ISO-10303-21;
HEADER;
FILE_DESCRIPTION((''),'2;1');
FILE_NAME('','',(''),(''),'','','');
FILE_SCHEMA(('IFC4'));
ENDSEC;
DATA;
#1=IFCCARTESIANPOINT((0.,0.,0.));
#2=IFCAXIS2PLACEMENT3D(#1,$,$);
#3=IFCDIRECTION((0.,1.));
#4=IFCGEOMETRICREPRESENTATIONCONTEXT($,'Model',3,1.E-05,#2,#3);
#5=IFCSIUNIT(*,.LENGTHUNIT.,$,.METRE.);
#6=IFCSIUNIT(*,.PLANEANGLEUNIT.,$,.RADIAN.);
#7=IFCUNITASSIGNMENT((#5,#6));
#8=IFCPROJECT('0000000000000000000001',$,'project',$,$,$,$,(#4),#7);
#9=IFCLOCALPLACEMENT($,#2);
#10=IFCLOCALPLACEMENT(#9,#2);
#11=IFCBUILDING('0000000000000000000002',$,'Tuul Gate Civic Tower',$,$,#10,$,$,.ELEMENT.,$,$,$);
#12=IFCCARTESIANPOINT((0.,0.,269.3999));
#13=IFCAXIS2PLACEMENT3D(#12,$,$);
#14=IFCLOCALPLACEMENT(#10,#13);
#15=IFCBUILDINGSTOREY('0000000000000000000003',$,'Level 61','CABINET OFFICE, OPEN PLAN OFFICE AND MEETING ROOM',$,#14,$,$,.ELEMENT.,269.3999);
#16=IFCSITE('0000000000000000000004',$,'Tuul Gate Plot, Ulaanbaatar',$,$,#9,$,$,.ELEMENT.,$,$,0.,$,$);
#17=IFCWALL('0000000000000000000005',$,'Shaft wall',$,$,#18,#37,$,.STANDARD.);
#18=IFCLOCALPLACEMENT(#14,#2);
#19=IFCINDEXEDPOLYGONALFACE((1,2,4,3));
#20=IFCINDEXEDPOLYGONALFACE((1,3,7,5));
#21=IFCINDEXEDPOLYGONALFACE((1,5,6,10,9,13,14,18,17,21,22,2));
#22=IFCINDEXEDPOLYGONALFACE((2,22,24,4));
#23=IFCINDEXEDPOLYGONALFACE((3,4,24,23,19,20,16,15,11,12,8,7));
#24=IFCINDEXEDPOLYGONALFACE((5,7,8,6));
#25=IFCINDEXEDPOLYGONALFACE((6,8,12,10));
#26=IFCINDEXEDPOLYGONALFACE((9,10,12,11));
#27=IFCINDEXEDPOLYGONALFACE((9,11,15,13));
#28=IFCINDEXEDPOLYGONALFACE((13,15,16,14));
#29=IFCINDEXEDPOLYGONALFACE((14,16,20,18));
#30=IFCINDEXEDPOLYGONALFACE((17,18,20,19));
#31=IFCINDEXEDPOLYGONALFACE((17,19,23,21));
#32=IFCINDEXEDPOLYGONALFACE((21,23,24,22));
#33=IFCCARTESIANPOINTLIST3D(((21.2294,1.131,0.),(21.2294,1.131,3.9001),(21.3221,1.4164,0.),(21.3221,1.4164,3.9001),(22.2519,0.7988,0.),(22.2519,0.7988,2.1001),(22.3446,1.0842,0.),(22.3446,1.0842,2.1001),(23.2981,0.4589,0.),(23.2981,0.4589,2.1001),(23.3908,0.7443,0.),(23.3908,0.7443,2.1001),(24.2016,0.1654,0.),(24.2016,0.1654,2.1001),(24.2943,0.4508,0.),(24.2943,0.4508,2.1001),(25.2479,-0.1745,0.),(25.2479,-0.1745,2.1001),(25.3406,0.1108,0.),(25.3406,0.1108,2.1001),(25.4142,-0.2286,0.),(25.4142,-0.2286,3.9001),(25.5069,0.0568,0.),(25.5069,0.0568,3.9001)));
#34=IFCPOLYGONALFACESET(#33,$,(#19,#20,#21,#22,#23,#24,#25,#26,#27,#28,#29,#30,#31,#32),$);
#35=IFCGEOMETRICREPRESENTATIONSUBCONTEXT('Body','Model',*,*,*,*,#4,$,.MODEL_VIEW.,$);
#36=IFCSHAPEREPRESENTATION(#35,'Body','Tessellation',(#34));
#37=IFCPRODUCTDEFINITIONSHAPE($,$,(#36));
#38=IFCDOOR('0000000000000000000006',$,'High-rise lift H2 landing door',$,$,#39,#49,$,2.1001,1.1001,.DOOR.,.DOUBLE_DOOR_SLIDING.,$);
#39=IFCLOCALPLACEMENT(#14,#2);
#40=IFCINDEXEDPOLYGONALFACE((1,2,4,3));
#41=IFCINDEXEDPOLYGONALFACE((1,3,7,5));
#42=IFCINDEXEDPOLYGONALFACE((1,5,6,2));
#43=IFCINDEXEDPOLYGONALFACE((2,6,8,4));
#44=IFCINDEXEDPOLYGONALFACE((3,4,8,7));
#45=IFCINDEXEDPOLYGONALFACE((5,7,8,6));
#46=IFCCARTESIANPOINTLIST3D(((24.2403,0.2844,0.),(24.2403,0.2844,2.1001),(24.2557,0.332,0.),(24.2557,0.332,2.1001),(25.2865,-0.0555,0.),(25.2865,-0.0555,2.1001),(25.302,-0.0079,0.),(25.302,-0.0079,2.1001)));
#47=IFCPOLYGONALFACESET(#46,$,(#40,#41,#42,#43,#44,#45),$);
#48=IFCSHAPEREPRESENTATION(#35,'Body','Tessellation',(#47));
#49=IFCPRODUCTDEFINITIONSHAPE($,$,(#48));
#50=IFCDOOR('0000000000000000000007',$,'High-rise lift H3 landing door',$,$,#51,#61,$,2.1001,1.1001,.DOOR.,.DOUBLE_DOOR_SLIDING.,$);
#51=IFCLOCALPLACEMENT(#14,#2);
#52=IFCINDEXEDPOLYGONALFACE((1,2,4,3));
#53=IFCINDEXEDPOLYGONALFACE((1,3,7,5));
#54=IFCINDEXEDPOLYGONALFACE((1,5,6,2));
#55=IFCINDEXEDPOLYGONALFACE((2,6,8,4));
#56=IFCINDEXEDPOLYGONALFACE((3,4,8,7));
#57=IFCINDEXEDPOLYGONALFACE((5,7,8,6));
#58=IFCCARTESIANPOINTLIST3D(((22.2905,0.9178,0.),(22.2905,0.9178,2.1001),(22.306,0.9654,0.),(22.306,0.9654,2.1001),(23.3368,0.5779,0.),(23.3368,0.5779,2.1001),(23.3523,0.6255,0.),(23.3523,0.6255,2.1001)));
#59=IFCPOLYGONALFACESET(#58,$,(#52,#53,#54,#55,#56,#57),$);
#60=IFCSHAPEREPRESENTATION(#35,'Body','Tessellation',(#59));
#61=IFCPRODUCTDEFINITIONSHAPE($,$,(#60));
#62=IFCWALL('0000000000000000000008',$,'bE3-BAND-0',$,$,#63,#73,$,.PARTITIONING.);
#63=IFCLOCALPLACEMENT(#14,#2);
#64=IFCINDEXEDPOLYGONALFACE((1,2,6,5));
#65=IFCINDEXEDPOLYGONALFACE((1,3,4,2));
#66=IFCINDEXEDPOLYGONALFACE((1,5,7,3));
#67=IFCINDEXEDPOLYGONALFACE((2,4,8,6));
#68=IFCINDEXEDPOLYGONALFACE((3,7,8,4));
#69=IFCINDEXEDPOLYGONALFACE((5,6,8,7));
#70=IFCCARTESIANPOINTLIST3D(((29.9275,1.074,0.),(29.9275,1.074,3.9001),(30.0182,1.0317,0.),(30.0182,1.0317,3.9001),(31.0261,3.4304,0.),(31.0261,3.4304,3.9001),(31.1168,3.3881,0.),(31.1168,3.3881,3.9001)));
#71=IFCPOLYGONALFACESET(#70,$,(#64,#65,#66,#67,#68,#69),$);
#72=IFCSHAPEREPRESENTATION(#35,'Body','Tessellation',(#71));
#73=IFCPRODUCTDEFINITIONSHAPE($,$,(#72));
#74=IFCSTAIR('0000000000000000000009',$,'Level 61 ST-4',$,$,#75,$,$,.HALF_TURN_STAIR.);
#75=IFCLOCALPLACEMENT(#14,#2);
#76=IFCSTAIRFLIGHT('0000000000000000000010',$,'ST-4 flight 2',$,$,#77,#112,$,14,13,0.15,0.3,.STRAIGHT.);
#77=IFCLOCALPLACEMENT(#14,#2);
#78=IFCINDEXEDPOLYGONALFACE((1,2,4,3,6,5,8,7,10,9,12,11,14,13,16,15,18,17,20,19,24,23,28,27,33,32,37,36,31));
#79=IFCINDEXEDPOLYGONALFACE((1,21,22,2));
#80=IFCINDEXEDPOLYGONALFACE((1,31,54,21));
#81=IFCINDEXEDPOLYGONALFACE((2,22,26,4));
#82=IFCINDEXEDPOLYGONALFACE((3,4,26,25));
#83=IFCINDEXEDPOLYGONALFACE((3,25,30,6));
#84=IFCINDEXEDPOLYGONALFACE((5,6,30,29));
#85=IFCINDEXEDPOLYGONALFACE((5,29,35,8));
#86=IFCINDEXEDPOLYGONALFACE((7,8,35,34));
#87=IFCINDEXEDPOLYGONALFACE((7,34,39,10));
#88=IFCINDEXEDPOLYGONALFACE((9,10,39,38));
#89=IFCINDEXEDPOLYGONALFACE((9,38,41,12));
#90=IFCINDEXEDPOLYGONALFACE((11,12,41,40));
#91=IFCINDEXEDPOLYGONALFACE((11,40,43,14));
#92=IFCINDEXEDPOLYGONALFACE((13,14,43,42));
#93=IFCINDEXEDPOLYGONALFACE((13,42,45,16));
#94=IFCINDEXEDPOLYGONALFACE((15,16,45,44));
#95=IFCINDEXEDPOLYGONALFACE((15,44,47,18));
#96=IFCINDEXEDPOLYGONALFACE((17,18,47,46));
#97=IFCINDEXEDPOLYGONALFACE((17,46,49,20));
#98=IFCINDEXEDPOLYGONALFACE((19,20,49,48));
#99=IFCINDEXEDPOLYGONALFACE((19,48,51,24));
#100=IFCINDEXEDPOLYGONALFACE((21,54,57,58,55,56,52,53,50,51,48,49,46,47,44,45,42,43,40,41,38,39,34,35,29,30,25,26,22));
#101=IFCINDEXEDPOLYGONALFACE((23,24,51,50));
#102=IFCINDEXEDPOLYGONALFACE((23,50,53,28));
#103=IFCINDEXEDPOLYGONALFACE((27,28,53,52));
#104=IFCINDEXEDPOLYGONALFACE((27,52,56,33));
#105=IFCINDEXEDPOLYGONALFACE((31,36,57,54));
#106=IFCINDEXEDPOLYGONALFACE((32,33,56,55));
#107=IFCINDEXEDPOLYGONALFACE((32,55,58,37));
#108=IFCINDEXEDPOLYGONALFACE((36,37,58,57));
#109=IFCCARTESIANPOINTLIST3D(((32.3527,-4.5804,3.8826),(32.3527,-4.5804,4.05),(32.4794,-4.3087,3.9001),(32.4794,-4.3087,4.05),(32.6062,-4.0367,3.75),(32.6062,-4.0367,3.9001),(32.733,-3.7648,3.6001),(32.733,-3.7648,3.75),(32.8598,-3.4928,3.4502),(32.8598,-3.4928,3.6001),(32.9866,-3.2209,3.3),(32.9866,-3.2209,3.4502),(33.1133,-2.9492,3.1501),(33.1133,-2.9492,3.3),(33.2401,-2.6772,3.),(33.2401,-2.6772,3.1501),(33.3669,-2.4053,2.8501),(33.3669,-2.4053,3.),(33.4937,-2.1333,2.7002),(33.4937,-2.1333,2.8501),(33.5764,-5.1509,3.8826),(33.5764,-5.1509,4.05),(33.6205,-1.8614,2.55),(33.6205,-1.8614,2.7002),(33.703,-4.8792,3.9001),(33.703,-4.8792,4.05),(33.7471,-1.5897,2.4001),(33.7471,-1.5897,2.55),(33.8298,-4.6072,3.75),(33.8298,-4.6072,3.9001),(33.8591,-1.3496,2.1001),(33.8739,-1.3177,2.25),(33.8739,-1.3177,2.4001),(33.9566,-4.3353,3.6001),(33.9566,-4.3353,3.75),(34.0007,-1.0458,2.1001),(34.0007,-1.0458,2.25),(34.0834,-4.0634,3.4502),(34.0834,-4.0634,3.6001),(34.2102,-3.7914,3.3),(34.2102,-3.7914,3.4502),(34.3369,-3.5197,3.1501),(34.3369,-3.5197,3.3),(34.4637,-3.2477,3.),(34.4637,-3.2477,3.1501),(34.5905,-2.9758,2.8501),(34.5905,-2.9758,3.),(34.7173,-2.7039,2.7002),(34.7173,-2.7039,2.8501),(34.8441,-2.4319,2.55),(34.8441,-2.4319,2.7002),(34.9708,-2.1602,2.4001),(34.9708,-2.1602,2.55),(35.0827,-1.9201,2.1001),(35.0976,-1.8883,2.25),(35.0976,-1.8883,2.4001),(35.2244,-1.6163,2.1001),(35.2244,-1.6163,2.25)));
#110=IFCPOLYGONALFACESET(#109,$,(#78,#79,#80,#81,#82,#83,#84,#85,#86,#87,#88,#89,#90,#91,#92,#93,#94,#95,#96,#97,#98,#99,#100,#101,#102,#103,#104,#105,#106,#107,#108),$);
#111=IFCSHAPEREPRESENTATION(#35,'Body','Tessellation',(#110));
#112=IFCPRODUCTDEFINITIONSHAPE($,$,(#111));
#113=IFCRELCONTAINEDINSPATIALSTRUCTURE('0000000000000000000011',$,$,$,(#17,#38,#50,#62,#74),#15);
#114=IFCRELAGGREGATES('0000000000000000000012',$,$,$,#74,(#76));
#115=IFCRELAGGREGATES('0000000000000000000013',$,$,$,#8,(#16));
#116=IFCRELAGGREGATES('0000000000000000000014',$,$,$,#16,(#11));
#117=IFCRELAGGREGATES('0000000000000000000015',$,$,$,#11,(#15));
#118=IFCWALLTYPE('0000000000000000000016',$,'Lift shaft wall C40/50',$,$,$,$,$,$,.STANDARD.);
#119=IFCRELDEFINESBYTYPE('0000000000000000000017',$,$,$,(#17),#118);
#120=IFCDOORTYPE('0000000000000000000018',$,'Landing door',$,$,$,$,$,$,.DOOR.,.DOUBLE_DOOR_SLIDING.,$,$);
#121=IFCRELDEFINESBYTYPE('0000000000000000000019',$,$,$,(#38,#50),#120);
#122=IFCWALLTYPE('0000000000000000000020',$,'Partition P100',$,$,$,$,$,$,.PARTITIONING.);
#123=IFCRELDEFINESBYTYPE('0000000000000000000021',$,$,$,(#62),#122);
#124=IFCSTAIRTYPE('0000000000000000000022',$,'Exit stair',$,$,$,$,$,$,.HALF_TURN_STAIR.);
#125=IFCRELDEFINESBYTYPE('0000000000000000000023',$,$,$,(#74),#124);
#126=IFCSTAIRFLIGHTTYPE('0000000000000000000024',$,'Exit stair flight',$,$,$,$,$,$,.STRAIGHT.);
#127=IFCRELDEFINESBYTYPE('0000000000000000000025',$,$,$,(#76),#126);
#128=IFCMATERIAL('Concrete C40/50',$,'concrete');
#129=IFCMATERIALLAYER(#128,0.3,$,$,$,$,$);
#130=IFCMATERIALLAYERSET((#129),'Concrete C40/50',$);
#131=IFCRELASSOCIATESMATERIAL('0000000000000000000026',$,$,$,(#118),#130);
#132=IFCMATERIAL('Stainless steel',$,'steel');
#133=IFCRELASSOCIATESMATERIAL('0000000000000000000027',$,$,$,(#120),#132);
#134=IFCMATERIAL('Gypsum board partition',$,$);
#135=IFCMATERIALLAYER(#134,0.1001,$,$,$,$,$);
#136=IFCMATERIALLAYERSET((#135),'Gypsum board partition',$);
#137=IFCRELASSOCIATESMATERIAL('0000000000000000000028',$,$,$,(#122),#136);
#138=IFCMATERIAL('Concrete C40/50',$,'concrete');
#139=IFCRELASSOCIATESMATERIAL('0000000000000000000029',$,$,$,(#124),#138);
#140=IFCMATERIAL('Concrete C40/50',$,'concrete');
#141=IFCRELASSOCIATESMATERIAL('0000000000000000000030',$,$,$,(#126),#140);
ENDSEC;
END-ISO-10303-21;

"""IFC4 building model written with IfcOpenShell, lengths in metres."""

from ifc_helpers import new_model, si_unit, direction, frame, frame_2d, origin, place, context, subcontext, project, spatial, polyline, rectangle, outline, extrude, material, layer, layer_set, type_object, element, fill, aggregate, save


model = new_model("IFC4")

# Units and contexts
model_context = context("Model", 3, precision=1e-05, world=origin(), true_north=direction((0.0, 1.0)))
body_context = subcontext(model_context, "Body", "Model", "MODEL_VIEW")
ifc_project = project(units=[si_unit("LENGTHUNIT", "METRE"), si_unit("PLANEANGLEUNIT", "RADIAN")], contexts=[model_context])

# Site, building, storey
site_placement = place(None, origin())
site = spatial("IfcSite", under=ifc_project, at=site_placement, Name="Tuul Gate Plot, Ulaanbaatar", CompositionType="ELEMENT", RefElevation=0.0)
building_placement = place(site_placement, origin())
building = spatial("IfcBuilding", under=site, at=building_placement, Name="Tuul Gate Civic Tower", CompositionType="ELEMENT")
storey_placement = place(building_placement, frame((0.0, 0.0, 269.3999)))
storey = spatial("IfcBuildingStorey", under=building, at=storey_placement, Name="Level 61", Description="CABINET OFFICE, OPEN PLAN OFFICE AND MEETING ROOM", CompositionType="ELEMENT", Elevation=269.3999)

# Wall, openings, doors
ifc_material_1 = material(Name="Concrete C40/50", Category="concrete")
ifc_layer_1 = layer(ifc_material_1, 0.3)
ifc_layer_set_1 = layer_set([ifc_layer_1], Name="Concrete C40/50")
wall_type_1 = type_object("IfcWallType", Name="Lift shaft wall C40/50", PredefinedType="STANDARD", material=ifc_layer_set_1)
wall_1_placement = place(storey_placement, frame((25.4607, -0.0859, 0.0), z_axis=(0.0, 0.0, 1.0), x_axis=(-0.951064, 0.308994, 0.0)))
wall_1 = element("IfcWall", 1, at=wall_1_placement, inside=storey, type_object=wall_type_1, Name="Shaft wall", PredefinedType="STANDARD", context=body_context, shape_type="SweptSolid", body=[
    extrude(rectangle(XDim=4.4001, YDim=0.3, at=frame_2d((2.2002, 0.0))), origin(), (0.0, 0.0, 1.0), 3.9001),
])
opening_1_placement = place(wall_1_placement, frame((0.175, 0.0, 0.0)))
opening_1 = element("IfcOpeningElement", 2, at=opening_1_placement, cuts=wall_1, PredefinedType="OPENING", context=body_context, shape_type="SweptSolid", body=[
    extrude(rectangle(XDim=1.1001, YDim=2.1001, at=frame_2d((0.55, 1.05))), frame((0.0, 0.1602, 0.0), z_axis=(0.0, -1.0, 0.0), x_axis=(1.0, 0.0, 0.0)), (0.0, 0.0, 1.0), 0.3201),
])
opening_2_placement = place(wall_1_placement, frame((2.2251, 0.0, 0.0)))
opening_2 = element("IfcOpeningElement", 3, at=opening_2_placement, cuts=wall_1, PredefinedType="OPENING", context=body_context, shape_type="SweptSolid", body=[
    extrude(rectangle(XDim=1.1001, YDim=2.1001, at=frame_2d((0.55, 1.05))), frame((0.0, 0.1602, 0.0), z_axis=(0.0, -1.0, 0.0), x_axis=(1.0, 0.0, 0.0)), (0.0, 0.0, 1.0), 0.3201),
])
ifc_material_2 = material(Name="Stainless steel", Category="steel")
door_type_1 = type_object("IfcDoorType", Name="Landing door", OperationType="DOUBLE_DOOR_SLIDING", PredefinedType="DOOR", material=ifc_material_2)
door_1_placement = place(opening_1_placement, origin())
door_1 = element("IfcDoor", 4, at=door_1_placement, inside=storey, type_object=door_type_1, Name="High-rise lift H2 landing door", OperationType="DOUBLE_DOOR_SLIDING", OverallHeight=2.1001, OverallWidth=1.1001, PredefinedType="DOOR", context=body_context, shape_type="SweptSolid", body=[
    extrude(rectangle(XDim=1.1001, YDim=2.1001, at=frame_2d((0.55, 1.05))), frame((0.0, 0.0249, 0.0), z_axis=(0.0, -1.0, 0.0), x_axis=(1.0, 0.0, 0.0)), (0.0, 0.0, 1.0), 0.05),
])
fill(opening_1, door_1)
door_2_placement = place(opening_2_placement, origin())
door_2 = element("IfcDoor", 5, at=door_2_placement, inside=storey, type_object=door_type_1, Name="High-rise lift H3 landing door", OperationType="DOUBLE_DOOR_SLIDING", OverallHeight=2.1001, OverallWidth=1.1001, PredefinedType="DOOR", context=body_context, shape_type="SweptSolid", body=[
    extrude(rectangle(XDim=1.1001, YDim=2.1001, at=frame_2d((0.55, 1.05))), frame((0.0, 0.0249, 0.0), z_axis=(0.0, -1.0, 0.0), x_axis=(1.0, 0.0, 0.0)), (0.0, 0.0, 1.0), 0.05),
])
fill(opening_2, door_2)

# Wall
ifc_material_3 = material(Name="Gypsum board partition")
ifc_layer_2 = layer(ifc_material_3, 0.1001)
ifc_layer_set_2 = layer_set([ifc_layer_2], Name="Gypsum board partition")
wall_type_2 = type_object("IfcWallType", Name="Partition P100", PredefinedType="PARTITIONING", material=ifc_layer_set_2)
wall_2_placement = place(storey_placement, frame((29.9729, 1.053, 0.0), z_axis=(0.0, 0.0, 1.0), x_axis=(0.422556, 0.906337, 0.0)))
element("IfcWall", 6, at=wall_2_placement, inside=storey, type_object=wall_type_2, Name="bE3-BAND-0", PredefinedType="PARTITIONING", context=body_context, shape_type="SweptSolid", body=[
    extrude(rectangle(XDim=2.5999, YDim=0.1001, at=frame_2d((1.2998, 0.0))), origin(), (0.0, 0.0, 1.0), 3.9001),
])

# Stair, stair flight
ifc_material_4 = material(Name="Concrete C40/50", Category="concrete")
stair_type = type_object("IfcStairType", Name="Exit stair", PredefinedType="HALF_TURN_STAIR", material=ifc_material_4)
stair_placement = place(storey_placement, origin())
stair = element("IfcStair", 7, at=stair_placement, inside=storey, type_object=stair_type, Name="Level 61 ST-4", PredefinedType="HALF_TURN_STAIR")
ifc_material_5 = material(Name="Concrete C40/50", Category="concrete")
stair_flight_type = type_object("IfcStairFlightType", Name="Exit stair flight", PredefinedType="STRAIGHT", material=ifc_material_5)
stair_flight_placement = place(storey_placement, frame((34.6125, -1.3311, 2.1001), z_axis=(0.0, 0.0, 1.0), x_axis=(-0.422576, -0.906327, 0.0)))
stair_flight = element("IfcStairFlight", 8, at=stair_flight_placement, type_object=stair_flight_type, Name="ST-4 flight 2", NumberOfRisers=14, NumberOfTreads=13, PredefinedType="STRAIGHT", RiserHeight=0.15, TreadLength=0.3, context=body_context, shape_type="SweptSolid", body=[
    extrude(outline(polyline([(0.0, 0.0), (0.0, 0.1499), (0.3, 0.1499), (0.3, 0.3), (0.6001, 0.3), (0.6001, 0.45), (0.8999, 0.45), (0.8999, 0.6001), (1.2, 0.6001), (1.2, 0.75), (1.5, 0.75), (1.5, 0.8999), (1.8, 0.8999), (1.8, 1.05), (2.1001, 1.05), (2.1001, 1.2), (2.3999, 1.2), (2.3999, 1.3501), (2.7, 1.3501), (2.7, 1.5), (3.0, 1.5), (3.0, 1.6499), (3.3, 1.6499), (3.3, 1.8), (3.6001, 1.8), (3.6001, 1.95), (3.8999, 1.95), (3.8999, 2.1001), (3.8999, 1.7825), (0.3352, 0.0), (0.0, 0.0)])), frame((0.0, 0.675, 0.0), z_axis=(0.0, -1.0, 0.0), x_axis=(1.0, 0.0, 0.0)), (0.0, 0.0, 1.0), 1.3501),
])
aggregate(stair, [stair_flight])

save(model, "model.ifc")
